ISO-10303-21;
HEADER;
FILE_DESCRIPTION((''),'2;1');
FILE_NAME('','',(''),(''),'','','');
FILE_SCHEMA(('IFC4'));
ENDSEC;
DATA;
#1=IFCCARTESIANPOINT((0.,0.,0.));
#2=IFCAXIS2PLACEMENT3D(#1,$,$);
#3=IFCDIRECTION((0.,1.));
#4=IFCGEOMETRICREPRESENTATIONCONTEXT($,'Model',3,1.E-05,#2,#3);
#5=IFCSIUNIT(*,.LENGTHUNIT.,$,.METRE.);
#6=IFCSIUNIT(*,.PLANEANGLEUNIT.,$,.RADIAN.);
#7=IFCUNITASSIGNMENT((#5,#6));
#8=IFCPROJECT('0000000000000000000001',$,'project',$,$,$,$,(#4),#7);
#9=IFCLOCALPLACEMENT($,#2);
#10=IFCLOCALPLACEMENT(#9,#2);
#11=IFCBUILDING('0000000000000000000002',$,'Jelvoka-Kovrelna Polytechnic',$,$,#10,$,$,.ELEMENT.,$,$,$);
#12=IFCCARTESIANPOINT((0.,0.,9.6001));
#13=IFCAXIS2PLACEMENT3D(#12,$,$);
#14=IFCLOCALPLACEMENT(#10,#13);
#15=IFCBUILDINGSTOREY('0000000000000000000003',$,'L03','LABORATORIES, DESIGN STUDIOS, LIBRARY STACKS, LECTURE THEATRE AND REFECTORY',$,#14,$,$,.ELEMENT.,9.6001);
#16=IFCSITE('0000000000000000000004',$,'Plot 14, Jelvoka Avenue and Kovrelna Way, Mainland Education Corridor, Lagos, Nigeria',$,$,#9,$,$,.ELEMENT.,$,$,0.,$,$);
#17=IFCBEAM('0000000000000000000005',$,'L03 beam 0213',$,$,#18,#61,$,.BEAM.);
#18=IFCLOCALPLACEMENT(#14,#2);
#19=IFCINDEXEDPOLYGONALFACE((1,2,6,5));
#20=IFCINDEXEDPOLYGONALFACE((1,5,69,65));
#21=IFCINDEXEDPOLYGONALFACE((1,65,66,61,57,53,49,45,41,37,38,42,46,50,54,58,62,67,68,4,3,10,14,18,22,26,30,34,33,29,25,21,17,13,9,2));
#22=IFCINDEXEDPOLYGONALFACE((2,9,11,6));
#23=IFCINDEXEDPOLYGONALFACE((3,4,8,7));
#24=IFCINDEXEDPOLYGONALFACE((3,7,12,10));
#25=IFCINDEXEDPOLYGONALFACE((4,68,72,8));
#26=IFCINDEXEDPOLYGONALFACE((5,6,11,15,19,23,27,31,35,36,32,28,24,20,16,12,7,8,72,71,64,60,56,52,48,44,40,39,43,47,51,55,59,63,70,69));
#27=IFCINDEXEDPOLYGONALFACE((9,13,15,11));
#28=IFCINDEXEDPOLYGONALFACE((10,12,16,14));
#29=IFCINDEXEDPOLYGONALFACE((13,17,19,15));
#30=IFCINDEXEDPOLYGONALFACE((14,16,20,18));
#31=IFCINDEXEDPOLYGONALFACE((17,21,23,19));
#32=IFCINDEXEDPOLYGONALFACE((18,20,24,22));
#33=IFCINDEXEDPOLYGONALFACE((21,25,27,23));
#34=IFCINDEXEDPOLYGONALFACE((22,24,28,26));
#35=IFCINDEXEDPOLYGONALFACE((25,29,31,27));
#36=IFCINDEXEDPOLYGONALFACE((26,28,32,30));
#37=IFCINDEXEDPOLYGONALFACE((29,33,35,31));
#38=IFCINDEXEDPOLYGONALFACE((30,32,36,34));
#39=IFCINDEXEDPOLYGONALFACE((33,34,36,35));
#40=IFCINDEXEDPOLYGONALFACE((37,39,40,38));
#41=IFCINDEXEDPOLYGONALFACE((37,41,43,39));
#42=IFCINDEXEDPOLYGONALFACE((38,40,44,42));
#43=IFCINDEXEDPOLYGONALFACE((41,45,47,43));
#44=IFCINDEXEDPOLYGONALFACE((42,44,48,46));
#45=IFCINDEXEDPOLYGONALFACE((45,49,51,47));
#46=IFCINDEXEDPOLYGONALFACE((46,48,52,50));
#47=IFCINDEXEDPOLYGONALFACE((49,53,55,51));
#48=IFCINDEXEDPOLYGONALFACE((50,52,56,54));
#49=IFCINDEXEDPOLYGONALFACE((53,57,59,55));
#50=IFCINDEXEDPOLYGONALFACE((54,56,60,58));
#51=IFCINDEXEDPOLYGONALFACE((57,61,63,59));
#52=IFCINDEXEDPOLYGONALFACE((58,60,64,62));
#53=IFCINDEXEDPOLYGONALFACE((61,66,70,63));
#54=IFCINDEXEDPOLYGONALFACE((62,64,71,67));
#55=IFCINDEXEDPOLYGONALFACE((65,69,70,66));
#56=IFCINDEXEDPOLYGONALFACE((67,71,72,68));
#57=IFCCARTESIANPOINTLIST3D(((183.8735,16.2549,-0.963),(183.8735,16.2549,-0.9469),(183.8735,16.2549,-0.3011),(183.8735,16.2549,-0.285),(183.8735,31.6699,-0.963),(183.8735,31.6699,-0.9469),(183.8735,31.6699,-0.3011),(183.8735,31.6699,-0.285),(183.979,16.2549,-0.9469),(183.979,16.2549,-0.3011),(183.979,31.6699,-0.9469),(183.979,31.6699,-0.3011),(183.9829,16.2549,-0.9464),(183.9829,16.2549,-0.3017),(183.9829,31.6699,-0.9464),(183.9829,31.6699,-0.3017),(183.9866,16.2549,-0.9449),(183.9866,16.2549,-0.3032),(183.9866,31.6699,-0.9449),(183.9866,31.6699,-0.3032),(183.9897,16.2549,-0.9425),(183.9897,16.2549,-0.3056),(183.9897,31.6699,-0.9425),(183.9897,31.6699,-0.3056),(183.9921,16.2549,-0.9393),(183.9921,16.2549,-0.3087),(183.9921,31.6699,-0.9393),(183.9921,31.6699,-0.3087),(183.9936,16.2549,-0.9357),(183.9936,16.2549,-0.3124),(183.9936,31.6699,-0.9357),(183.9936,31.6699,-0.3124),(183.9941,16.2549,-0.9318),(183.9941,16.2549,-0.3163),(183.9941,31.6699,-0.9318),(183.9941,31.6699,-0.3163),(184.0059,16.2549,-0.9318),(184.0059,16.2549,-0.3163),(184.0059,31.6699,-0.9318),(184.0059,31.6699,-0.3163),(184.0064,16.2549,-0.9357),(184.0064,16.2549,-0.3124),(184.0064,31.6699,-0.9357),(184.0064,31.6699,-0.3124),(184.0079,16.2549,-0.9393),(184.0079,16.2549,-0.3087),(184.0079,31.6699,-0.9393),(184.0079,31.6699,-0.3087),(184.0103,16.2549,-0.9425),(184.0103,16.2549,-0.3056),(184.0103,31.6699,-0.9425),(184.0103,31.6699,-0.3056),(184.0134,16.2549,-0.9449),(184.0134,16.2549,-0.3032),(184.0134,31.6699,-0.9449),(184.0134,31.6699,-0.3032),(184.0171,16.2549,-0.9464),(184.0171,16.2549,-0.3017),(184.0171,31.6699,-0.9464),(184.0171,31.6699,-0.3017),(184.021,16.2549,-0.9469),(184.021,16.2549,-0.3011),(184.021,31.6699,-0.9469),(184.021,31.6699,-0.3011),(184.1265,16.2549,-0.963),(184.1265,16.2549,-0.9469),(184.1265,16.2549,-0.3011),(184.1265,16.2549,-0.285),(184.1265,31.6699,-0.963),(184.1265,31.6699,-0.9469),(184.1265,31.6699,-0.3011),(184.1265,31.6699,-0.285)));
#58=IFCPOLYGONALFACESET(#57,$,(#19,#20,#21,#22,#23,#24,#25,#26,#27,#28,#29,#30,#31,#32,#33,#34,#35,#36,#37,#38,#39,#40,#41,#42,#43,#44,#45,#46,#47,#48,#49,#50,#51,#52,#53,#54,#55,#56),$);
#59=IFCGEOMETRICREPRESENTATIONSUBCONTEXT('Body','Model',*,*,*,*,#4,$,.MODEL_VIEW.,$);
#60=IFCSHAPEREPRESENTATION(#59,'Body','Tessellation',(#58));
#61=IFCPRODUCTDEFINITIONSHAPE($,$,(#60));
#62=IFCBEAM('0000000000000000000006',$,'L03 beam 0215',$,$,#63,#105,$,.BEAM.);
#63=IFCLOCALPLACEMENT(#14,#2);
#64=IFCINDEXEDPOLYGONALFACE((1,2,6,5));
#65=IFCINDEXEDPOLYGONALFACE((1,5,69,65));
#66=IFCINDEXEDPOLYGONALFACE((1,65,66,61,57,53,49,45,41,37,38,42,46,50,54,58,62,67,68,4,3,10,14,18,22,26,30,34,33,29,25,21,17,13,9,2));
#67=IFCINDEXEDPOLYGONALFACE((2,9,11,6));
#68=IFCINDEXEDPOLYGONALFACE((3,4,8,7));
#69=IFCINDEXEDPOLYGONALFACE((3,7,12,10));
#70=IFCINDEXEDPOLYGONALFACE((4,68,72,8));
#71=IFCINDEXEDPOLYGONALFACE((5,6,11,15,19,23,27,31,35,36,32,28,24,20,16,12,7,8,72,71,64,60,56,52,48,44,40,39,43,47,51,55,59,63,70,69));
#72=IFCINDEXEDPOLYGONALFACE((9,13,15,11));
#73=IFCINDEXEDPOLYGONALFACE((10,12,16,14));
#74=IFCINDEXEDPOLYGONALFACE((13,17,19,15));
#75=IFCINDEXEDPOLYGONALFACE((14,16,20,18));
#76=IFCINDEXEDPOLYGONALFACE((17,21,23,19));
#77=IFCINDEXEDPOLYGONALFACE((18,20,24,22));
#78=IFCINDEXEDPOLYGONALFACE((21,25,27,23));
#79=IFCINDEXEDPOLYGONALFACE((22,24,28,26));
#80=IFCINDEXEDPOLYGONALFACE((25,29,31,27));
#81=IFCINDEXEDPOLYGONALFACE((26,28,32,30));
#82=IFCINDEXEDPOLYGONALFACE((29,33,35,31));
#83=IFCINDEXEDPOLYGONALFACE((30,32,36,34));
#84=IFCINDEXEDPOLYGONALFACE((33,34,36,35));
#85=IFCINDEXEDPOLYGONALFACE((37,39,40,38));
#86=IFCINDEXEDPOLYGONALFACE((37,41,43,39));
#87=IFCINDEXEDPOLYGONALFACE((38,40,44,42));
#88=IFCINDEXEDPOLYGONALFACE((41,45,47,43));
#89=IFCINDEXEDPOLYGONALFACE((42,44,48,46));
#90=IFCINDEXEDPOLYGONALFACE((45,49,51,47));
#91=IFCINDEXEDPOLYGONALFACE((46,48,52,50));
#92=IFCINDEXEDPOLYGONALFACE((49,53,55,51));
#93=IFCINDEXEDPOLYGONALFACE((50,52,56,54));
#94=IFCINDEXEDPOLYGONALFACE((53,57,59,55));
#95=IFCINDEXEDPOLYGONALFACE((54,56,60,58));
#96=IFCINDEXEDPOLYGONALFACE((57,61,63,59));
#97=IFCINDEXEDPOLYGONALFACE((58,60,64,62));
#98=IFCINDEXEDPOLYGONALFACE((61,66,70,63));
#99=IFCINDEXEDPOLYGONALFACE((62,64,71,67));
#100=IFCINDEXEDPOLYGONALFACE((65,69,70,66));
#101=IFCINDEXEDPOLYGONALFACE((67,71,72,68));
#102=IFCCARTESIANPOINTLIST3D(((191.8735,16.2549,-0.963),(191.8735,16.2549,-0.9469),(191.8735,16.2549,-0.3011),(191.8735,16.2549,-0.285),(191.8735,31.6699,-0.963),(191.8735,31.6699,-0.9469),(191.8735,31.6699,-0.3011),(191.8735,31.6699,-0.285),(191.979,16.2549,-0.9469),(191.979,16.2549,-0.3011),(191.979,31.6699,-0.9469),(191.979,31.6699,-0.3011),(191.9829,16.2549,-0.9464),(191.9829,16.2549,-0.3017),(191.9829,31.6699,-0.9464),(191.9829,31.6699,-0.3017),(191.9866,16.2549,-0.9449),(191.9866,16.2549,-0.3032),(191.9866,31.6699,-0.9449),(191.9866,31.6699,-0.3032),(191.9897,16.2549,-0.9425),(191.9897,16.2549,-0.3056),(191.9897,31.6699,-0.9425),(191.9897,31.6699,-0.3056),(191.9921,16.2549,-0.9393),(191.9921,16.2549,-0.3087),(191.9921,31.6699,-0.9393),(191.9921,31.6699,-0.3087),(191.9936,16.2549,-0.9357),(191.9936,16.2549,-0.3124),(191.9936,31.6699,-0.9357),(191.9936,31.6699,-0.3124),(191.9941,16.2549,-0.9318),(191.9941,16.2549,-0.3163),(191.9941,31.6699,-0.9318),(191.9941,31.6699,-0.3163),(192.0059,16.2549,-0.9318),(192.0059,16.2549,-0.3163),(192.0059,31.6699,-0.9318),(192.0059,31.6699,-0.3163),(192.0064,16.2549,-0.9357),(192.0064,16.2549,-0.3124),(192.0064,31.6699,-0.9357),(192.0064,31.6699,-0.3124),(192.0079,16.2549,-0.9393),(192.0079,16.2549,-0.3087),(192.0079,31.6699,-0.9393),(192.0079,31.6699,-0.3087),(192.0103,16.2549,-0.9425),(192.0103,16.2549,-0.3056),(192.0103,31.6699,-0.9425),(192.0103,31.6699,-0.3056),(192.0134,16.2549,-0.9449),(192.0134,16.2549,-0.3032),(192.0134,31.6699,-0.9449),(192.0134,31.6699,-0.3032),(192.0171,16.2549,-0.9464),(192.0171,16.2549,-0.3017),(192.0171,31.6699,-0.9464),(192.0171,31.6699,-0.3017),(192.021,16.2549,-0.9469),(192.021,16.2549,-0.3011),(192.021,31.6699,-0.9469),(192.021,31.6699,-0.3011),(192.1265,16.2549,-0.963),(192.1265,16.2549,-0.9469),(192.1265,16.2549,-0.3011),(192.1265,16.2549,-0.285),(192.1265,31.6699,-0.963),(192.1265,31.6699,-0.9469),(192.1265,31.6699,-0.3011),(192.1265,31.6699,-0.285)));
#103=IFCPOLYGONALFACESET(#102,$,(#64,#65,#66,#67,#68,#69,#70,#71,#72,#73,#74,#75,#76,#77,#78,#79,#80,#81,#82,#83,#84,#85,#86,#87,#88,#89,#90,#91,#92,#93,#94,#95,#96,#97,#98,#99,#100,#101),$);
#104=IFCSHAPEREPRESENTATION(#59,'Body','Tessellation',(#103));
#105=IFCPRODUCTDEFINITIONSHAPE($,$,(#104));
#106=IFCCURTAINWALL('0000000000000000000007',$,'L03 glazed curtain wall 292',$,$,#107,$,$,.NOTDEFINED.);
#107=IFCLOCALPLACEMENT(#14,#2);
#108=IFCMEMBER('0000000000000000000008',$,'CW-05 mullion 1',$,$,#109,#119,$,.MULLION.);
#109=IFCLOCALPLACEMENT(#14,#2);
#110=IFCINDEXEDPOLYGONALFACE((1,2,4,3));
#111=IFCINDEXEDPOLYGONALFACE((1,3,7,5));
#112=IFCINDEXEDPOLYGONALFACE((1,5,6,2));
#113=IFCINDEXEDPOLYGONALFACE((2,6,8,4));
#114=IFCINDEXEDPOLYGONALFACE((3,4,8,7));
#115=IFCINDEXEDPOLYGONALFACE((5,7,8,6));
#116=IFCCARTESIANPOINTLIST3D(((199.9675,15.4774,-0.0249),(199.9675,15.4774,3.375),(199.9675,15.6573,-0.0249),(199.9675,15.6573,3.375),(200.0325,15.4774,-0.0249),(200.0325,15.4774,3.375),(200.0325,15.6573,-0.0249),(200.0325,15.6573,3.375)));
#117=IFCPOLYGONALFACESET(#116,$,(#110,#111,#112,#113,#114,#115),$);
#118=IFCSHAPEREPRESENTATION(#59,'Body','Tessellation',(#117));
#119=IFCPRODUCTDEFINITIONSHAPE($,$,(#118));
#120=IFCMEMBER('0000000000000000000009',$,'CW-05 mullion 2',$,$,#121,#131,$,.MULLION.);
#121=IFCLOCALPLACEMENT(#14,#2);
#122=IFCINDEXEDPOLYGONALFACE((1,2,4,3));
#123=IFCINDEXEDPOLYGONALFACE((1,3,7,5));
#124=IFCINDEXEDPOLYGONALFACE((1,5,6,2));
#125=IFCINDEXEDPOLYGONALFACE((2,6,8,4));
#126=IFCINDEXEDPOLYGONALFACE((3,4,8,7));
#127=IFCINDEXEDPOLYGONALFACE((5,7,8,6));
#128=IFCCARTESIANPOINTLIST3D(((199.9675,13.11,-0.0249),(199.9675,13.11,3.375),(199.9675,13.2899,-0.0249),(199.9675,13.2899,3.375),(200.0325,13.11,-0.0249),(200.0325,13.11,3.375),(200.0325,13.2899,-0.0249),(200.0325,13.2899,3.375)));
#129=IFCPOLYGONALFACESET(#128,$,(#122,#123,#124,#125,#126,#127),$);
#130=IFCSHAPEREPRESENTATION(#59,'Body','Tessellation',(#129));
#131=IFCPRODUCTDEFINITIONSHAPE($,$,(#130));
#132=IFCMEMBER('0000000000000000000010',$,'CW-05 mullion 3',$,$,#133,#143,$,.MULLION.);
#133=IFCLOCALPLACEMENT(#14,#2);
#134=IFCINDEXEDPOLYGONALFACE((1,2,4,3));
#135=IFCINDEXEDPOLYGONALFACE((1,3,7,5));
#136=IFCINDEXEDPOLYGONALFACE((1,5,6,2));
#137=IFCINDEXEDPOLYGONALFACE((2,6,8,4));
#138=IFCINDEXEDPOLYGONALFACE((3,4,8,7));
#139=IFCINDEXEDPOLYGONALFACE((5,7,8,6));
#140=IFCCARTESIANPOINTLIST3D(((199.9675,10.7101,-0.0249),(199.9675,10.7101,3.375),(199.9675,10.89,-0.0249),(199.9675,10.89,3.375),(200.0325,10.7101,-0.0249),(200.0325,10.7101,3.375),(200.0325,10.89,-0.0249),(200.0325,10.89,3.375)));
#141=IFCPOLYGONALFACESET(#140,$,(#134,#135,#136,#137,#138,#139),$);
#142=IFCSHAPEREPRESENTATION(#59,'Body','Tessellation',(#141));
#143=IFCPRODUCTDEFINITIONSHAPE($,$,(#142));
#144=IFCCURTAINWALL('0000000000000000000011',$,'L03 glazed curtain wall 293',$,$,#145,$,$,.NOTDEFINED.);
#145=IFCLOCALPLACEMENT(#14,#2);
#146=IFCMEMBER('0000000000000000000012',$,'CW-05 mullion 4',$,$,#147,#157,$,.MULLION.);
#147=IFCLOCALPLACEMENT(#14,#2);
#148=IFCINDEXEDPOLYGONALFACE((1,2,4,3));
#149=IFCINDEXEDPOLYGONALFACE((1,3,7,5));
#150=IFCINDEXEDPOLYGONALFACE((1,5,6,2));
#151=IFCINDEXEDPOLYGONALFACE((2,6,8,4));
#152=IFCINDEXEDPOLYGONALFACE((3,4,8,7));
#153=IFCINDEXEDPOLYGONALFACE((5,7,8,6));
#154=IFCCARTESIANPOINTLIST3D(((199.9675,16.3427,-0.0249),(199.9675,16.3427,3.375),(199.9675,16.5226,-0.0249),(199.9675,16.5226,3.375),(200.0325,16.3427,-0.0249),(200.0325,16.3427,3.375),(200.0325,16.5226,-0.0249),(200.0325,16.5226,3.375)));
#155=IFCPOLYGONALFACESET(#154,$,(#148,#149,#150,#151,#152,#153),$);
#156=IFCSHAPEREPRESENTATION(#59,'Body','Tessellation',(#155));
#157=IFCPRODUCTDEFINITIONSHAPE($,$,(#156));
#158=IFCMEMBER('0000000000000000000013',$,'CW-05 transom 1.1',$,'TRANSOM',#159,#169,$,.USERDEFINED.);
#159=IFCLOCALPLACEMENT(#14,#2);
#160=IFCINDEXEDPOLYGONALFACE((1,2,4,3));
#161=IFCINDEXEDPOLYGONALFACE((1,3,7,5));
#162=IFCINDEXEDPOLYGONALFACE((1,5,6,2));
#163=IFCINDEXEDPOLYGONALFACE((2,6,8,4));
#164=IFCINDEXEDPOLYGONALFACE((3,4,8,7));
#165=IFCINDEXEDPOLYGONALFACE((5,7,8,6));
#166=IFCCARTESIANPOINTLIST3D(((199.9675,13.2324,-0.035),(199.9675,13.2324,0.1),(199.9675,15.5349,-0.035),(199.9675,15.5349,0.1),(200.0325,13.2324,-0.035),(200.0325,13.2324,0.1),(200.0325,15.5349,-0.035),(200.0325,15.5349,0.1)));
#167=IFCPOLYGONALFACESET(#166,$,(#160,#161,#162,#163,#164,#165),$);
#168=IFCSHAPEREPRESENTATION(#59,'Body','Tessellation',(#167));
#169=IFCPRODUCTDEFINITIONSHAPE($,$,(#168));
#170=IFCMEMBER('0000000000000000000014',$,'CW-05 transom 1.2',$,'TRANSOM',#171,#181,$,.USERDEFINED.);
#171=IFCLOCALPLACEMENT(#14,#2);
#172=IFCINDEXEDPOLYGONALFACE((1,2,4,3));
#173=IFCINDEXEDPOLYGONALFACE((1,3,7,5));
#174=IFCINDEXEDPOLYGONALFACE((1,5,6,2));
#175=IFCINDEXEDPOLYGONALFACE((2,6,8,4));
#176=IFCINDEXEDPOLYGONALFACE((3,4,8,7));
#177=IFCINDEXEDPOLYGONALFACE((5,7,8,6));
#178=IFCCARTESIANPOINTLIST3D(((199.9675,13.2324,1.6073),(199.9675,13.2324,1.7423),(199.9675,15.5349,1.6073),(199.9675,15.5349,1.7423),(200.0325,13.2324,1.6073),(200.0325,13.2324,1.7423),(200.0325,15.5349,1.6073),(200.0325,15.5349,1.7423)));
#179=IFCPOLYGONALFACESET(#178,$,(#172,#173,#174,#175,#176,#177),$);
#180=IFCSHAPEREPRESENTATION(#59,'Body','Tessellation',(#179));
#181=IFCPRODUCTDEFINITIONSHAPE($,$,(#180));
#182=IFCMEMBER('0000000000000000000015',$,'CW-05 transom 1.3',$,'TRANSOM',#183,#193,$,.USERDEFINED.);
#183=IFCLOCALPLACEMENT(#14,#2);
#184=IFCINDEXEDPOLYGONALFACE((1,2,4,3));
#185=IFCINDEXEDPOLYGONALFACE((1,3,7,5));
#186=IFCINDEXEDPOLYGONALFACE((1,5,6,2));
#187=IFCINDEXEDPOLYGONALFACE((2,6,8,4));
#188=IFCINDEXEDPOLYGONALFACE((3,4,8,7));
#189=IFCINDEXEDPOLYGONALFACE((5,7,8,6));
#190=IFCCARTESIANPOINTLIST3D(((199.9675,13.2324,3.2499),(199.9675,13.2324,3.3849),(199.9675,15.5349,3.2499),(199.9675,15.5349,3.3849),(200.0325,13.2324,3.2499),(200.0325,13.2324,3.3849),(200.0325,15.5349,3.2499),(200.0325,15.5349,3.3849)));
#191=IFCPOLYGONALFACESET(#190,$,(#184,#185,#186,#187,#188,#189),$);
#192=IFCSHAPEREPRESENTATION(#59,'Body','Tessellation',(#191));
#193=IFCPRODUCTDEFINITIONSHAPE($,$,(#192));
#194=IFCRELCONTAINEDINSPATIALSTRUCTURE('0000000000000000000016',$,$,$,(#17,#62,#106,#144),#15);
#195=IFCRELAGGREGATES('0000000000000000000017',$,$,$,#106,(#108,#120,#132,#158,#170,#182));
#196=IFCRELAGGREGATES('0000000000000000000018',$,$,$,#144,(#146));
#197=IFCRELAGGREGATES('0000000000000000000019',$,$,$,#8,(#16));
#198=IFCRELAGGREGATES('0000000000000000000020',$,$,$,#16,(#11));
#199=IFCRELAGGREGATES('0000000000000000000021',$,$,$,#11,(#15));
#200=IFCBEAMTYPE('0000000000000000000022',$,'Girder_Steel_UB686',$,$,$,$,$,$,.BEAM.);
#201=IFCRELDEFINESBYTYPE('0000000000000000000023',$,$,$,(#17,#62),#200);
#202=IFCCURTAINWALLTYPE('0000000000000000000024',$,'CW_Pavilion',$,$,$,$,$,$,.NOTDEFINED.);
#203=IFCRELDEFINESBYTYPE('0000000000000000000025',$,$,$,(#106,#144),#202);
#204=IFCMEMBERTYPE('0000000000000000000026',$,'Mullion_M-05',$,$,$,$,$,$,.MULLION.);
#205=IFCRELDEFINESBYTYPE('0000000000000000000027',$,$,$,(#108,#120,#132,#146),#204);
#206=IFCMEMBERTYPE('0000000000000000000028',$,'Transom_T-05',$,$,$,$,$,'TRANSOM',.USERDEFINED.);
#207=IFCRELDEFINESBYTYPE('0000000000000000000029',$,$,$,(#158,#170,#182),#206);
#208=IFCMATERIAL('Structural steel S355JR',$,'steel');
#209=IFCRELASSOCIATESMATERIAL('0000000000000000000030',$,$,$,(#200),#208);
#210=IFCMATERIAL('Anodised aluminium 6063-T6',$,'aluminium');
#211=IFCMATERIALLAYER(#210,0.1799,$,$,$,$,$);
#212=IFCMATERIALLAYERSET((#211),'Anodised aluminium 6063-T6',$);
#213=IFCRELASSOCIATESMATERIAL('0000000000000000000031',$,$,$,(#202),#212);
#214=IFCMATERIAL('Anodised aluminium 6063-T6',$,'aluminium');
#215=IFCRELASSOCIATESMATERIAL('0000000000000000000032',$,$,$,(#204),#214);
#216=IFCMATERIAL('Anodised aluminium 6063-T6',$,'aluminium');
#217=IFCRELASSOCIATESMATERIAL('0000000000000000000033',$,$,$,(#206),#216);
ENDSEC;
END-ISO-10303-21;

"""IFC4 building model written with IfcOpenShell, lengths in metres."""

from ifc_helpers import new_model, si_unit, direction, frame, origin, origin_2d, place, context, subcontext, project, spatial, rectangle, i_section, extrude, material, layer, layer_set, material_profile, profile_set, type_object, element, aggregate, save


model = new_model("IFC4")

# Units and contexts
model_context = context("Model", 3, precision=1e-05, world=origin(), true_north=direction((0.0, 1.0)))
body_context = subcontext(model_context, "Body", "Model", "MODEL_VIEW")
ifc_project = project(units=[si_unit("LENGTHUNIT", "METRE"), si_unit("PLANEANGLEUNIT", "RADIAN")], contexts=[model_context])

# Site, building, storey
site_placement = place(None, origin())
site = spatial("IfcSite", under=ifc_project, at=site_placement, Name="Plot 14, Jelvoka Avenue and Kovrelna Way, Mainland Education Corridor, Lagos, Nigeria", CompositionType="ELEMENT", RefElevation=0.0)
building_placement = place(site_placement, origin())
building = spatial("IfcBuilding", under=site, at=building_placement, Name="Jelvoka-Kovrelna Polytechnic", CompositionType="ELEMENT")
storey_placement = place(building_placement, frame((0.0, 0.0, 9.6001)))
storey = spatial("IfcBuildingStorey", under=building, at=storey_placement, Name="L03", Description="LABORATORIES, DESIGN STUDIOS, LIBRARY STACKS, LECTURE THEATRE AND REFECTORY", CompositionType="ELEMENT", Elevation=9.6001)

# Beams
ifc_material_1 = material(Name="Structural steel S355JR", Category="steel")
ifc_material_profile_1 = material_profile(ifc_material_1, i_section(OverallWidth=0.2529, OverallDepth=0.678, WebThickness=0.0117, FlangeThickness=0.0161, FilletRadius=0.0151, at=origin_2d()), Name="686x254x125 UB")
ifc_profile_set_1 = profile_set([ifc_material_profile_1], Name="Structural steel S355JR")
beam_type_1 = type_object("IfcBeamType", Name="Girder_Steel_UB686", PredefinedType="BEAM", material=ifc_profile_set_1)
for number, where, z_axis, x_axis, name in (
    (1, (184.0, 16.2549, -0.624), (0.0, 1.0, 0.0), (-1.0, 0.0, 0.0), "L03 beam 0213"),
    (2, (192.0, 16.2549, -0.624), (0.0, 1.0, 0.0), (-1.0, 0.0, 0.0), "L03 beam 0215"),
):
    element("IfcBeam", number, at=place(storey_placement, frame(where, z_axis=z_axis, x_axis=x_axis)), inside=storey, type_object=beam_type_1, Name=name, PredefinedType="BEAM", context=body_context, shape_type="SweptSolid", body=[
        extrude(i_section(OverallWidth=0.2529, OverallDepth=0.678, WebThickness=0.0117, FlangeThickness=0.0161, FilletRadius=0.0151, at=origin_2d()), origin(), (0.0, 0.0, 1.0), 15.415),
    ])

# Curtain wall, members
ifc_material_2 = material(Name="Anodised aluminium 6063-T6", Category="aluminium")
ifc_layer_1 = layer(ifc_material_2, 0.1799)
ifc_layer_set_1 = layer_set([ifc_layer_1], Name="Anodised aluminium 6063-T6")
curtain_wall_type = type_object("IfcCurtainWallType", Name="CW_Pavilion", PredefinedType="NOTDEFINED", material=ifc_layer_set_1)
curtain_wall_1_placement = place(storey_placement, origin())
curtain_wall_1 = element("IfcCurtainWall", 3, at=curtain_wall_1_placement, inside=storey, type_object=curtain_wall_type, Name="L03 glazed curtain wall 292", PredefinedType="NOTDEFINED")
ifc_material_3 = material(Name="Anodised aluminium 6063-T6", Category="aluminium")
ifc_material_profile_2 = material_profile(ifc_material_3, rectangle(XDim=0.0649, YDim=0.1799, at=origin_2d()), Name="ALU 65x180")
ifc_profile_set_2 = profile_set([ifc_material_profile_2], Name="Anodised aluminium 6063-T6")
member_type_1 = type_object("IfcMemberType", Name="Mullion_M-05", PredefinedType="MULLION", material=ifc_profile_set_2)
member_1_placement = place(storey_placement, frame((200.0, 15.5674, -0.0249), z_axis=(0.0, 0.0, 1.0), x_axis=(1.0, 0.0, 0.0)))
member_1 = element("IfcMember", 4, at=member_1_placement, type_object=member_type_1, Name="CW-05 mullion 1", PredefinedType="MULLION", context=body_context, shape_type="SweptSolid", body=[
    extrude(rectangle(XDim=0.0649, YDim=0.1799, at=origin_2d()), origin(), (0.0, 0.0, 1.0), 3.3999),
])
member_2_placement = place(storey_placement, frame((200.0, 13.2, -0.0249), z_axis=(0.0, 0.0, 1.0), x_axis=(1.0, 0.0, 0.0)))
member_2 = element("IfcMember", 5, at=member_2_placement, type_object=member_type_1, Name="CW-05 mullion 2", PredefinedType="MULLION", context=body_context, shape_type="SweptSolid", body=[
    extrude(rectangle(XDim=0.0649, YDim=0.1799, at=origin_2d()), origin(), (0.0, 0.0, 1.0), 3.3999),
])
member_3_placement = place(storey_placement, frame((200.0, 10.8, -0.0249), z_axis=(0.0, 0.0, 1.0), x_axis=(1.0, 0.0, 0.0)))
member_3 = element("IfcMember", 6, at=member_3_placement, type_object=member_type_1, Name="CW-05 mullion 3", PredefinedType="MULLION", context=body_context, shape_type="SweptSolid", body=[
    extrude(rectangle(XDim=0.0649, YDim=0.1799, at=origin_2d()), origin(), (0.0, 0.0, 1.0), 3.3999),
])

# Curtain wall, member
curtain_wall_2_placement = place(storey_placement, origin())
curtain_wall_2 = element("IfcCurtainWall", 7, at=curtain_wall_2_placement, inside=storey, type_object=curtain_wall_type, Name="L03 glazed curtain wall 293", PredefinedType="NOTDEFINED")
member_4_placement = place(storey_placement, frame((200.0, 16.4326, -0.0249), z_axis=(0.0, 0.0, 1.0), x_axis=(1.0, 0.0, 0.0)))
member_4 = element("IfcMember", 8, at=member_4_placement, type_object=member_type_1, Name="CW-05 mullion 4", PredefinedType="MULLION", context=body_context, shape_type="SweptSolid", body=[
    extrude(rectangle(XDim=0.0649, YDim=0.1799, at=origin_2d()), origin(), (0.0, 0.0, 1.0), 3.3999),
])

# Members
ifc_material_4 = material(Name="Anodised aluminium 6063-T6", Category="aluminium")
ifc_material_profile_3 = material_profile(ifc_material_4, rectangle(XDim=0.0649, YDim=0.135, at=origin_2d()), Name="ALU 65x135")
ifc_profile_set_3 = profile_set([ifc_material_profile_3], Name="Anodised aluminium 6063-T6")
member_type_2 = type_object("IfcMemberType", Name="Transom_T-05", ElementType="TRANSOM", PredefinedType="USERDEFINED", material=ifc_profile_set_3)
member_5_placement = place(storey_placement, frame((200.0, 15.5349, 0.0325), z_axis=(0.0, -1.0, 0.0), x_axis=(1.0, 0.0, 0.0)))
member_5 = element("IfcMember", 9, at=member_5_placement, type_object=member_type_2, Name="CW-05 transom 1.1", ObjectType="TRANSOM", PredefinedType="USERDEFINED", context=body_context, shape_type="SweptSolid", body=[
    extrude(rectangle(XDim=0.0649, YDim=0.135, at=origin_2d()), origin(), (0.0, 0.0, 1.0), 2.3025),
])
member_6_placement = place(storey_placement, frame((200.0, 15.5349, 1.6748), z_axis=(0.0, -1.0, 0.0), x_axis=(1.0, 0.0, 0.0)))
member_6 = element("IfcMember", 10, at=member_6_placement, type_object=member_type_2, Name="CW-05 transom 1.2", ObjectType="TRANSOM", PredefinedType="USERDEFINED", context=body_context, shape_type="SweptSolid", body=[
    extrude(rectangle(XDim=0.0649, YDim=0.135, at=origin_2d()), origin(), (0.0, 0.0, 1.0), 2.3025),
])
member_7_placement = place(storey_placement, frame((200.0, 15.5349, 3.3174), z_axis=(0.0, -1.0, 0.0), x_axis=(1.0, 0.0, 0.0)))
member_7 = element("IfcMember", 11, at=member_7_placement, type_object=member_type_2, Name="CW-05 transom 1.3", ObjectType="TRANSOM", PredefinedType="USERDEFINED", context=body_context, shape_type="SweptSolid", body=[
    extrude(rectangle(XDim=0.0649, YDim=0.135, at=origin_2d()), origin(), (0.0, 0.0, 1.0), 2.3025),
])

aggregate(curtain_wall_1, [member_1, member_2, member_3, member_5, member_6, member_7])
aggregate(curtain_wall_2, [member_4])

save(model, "model.ifc")
